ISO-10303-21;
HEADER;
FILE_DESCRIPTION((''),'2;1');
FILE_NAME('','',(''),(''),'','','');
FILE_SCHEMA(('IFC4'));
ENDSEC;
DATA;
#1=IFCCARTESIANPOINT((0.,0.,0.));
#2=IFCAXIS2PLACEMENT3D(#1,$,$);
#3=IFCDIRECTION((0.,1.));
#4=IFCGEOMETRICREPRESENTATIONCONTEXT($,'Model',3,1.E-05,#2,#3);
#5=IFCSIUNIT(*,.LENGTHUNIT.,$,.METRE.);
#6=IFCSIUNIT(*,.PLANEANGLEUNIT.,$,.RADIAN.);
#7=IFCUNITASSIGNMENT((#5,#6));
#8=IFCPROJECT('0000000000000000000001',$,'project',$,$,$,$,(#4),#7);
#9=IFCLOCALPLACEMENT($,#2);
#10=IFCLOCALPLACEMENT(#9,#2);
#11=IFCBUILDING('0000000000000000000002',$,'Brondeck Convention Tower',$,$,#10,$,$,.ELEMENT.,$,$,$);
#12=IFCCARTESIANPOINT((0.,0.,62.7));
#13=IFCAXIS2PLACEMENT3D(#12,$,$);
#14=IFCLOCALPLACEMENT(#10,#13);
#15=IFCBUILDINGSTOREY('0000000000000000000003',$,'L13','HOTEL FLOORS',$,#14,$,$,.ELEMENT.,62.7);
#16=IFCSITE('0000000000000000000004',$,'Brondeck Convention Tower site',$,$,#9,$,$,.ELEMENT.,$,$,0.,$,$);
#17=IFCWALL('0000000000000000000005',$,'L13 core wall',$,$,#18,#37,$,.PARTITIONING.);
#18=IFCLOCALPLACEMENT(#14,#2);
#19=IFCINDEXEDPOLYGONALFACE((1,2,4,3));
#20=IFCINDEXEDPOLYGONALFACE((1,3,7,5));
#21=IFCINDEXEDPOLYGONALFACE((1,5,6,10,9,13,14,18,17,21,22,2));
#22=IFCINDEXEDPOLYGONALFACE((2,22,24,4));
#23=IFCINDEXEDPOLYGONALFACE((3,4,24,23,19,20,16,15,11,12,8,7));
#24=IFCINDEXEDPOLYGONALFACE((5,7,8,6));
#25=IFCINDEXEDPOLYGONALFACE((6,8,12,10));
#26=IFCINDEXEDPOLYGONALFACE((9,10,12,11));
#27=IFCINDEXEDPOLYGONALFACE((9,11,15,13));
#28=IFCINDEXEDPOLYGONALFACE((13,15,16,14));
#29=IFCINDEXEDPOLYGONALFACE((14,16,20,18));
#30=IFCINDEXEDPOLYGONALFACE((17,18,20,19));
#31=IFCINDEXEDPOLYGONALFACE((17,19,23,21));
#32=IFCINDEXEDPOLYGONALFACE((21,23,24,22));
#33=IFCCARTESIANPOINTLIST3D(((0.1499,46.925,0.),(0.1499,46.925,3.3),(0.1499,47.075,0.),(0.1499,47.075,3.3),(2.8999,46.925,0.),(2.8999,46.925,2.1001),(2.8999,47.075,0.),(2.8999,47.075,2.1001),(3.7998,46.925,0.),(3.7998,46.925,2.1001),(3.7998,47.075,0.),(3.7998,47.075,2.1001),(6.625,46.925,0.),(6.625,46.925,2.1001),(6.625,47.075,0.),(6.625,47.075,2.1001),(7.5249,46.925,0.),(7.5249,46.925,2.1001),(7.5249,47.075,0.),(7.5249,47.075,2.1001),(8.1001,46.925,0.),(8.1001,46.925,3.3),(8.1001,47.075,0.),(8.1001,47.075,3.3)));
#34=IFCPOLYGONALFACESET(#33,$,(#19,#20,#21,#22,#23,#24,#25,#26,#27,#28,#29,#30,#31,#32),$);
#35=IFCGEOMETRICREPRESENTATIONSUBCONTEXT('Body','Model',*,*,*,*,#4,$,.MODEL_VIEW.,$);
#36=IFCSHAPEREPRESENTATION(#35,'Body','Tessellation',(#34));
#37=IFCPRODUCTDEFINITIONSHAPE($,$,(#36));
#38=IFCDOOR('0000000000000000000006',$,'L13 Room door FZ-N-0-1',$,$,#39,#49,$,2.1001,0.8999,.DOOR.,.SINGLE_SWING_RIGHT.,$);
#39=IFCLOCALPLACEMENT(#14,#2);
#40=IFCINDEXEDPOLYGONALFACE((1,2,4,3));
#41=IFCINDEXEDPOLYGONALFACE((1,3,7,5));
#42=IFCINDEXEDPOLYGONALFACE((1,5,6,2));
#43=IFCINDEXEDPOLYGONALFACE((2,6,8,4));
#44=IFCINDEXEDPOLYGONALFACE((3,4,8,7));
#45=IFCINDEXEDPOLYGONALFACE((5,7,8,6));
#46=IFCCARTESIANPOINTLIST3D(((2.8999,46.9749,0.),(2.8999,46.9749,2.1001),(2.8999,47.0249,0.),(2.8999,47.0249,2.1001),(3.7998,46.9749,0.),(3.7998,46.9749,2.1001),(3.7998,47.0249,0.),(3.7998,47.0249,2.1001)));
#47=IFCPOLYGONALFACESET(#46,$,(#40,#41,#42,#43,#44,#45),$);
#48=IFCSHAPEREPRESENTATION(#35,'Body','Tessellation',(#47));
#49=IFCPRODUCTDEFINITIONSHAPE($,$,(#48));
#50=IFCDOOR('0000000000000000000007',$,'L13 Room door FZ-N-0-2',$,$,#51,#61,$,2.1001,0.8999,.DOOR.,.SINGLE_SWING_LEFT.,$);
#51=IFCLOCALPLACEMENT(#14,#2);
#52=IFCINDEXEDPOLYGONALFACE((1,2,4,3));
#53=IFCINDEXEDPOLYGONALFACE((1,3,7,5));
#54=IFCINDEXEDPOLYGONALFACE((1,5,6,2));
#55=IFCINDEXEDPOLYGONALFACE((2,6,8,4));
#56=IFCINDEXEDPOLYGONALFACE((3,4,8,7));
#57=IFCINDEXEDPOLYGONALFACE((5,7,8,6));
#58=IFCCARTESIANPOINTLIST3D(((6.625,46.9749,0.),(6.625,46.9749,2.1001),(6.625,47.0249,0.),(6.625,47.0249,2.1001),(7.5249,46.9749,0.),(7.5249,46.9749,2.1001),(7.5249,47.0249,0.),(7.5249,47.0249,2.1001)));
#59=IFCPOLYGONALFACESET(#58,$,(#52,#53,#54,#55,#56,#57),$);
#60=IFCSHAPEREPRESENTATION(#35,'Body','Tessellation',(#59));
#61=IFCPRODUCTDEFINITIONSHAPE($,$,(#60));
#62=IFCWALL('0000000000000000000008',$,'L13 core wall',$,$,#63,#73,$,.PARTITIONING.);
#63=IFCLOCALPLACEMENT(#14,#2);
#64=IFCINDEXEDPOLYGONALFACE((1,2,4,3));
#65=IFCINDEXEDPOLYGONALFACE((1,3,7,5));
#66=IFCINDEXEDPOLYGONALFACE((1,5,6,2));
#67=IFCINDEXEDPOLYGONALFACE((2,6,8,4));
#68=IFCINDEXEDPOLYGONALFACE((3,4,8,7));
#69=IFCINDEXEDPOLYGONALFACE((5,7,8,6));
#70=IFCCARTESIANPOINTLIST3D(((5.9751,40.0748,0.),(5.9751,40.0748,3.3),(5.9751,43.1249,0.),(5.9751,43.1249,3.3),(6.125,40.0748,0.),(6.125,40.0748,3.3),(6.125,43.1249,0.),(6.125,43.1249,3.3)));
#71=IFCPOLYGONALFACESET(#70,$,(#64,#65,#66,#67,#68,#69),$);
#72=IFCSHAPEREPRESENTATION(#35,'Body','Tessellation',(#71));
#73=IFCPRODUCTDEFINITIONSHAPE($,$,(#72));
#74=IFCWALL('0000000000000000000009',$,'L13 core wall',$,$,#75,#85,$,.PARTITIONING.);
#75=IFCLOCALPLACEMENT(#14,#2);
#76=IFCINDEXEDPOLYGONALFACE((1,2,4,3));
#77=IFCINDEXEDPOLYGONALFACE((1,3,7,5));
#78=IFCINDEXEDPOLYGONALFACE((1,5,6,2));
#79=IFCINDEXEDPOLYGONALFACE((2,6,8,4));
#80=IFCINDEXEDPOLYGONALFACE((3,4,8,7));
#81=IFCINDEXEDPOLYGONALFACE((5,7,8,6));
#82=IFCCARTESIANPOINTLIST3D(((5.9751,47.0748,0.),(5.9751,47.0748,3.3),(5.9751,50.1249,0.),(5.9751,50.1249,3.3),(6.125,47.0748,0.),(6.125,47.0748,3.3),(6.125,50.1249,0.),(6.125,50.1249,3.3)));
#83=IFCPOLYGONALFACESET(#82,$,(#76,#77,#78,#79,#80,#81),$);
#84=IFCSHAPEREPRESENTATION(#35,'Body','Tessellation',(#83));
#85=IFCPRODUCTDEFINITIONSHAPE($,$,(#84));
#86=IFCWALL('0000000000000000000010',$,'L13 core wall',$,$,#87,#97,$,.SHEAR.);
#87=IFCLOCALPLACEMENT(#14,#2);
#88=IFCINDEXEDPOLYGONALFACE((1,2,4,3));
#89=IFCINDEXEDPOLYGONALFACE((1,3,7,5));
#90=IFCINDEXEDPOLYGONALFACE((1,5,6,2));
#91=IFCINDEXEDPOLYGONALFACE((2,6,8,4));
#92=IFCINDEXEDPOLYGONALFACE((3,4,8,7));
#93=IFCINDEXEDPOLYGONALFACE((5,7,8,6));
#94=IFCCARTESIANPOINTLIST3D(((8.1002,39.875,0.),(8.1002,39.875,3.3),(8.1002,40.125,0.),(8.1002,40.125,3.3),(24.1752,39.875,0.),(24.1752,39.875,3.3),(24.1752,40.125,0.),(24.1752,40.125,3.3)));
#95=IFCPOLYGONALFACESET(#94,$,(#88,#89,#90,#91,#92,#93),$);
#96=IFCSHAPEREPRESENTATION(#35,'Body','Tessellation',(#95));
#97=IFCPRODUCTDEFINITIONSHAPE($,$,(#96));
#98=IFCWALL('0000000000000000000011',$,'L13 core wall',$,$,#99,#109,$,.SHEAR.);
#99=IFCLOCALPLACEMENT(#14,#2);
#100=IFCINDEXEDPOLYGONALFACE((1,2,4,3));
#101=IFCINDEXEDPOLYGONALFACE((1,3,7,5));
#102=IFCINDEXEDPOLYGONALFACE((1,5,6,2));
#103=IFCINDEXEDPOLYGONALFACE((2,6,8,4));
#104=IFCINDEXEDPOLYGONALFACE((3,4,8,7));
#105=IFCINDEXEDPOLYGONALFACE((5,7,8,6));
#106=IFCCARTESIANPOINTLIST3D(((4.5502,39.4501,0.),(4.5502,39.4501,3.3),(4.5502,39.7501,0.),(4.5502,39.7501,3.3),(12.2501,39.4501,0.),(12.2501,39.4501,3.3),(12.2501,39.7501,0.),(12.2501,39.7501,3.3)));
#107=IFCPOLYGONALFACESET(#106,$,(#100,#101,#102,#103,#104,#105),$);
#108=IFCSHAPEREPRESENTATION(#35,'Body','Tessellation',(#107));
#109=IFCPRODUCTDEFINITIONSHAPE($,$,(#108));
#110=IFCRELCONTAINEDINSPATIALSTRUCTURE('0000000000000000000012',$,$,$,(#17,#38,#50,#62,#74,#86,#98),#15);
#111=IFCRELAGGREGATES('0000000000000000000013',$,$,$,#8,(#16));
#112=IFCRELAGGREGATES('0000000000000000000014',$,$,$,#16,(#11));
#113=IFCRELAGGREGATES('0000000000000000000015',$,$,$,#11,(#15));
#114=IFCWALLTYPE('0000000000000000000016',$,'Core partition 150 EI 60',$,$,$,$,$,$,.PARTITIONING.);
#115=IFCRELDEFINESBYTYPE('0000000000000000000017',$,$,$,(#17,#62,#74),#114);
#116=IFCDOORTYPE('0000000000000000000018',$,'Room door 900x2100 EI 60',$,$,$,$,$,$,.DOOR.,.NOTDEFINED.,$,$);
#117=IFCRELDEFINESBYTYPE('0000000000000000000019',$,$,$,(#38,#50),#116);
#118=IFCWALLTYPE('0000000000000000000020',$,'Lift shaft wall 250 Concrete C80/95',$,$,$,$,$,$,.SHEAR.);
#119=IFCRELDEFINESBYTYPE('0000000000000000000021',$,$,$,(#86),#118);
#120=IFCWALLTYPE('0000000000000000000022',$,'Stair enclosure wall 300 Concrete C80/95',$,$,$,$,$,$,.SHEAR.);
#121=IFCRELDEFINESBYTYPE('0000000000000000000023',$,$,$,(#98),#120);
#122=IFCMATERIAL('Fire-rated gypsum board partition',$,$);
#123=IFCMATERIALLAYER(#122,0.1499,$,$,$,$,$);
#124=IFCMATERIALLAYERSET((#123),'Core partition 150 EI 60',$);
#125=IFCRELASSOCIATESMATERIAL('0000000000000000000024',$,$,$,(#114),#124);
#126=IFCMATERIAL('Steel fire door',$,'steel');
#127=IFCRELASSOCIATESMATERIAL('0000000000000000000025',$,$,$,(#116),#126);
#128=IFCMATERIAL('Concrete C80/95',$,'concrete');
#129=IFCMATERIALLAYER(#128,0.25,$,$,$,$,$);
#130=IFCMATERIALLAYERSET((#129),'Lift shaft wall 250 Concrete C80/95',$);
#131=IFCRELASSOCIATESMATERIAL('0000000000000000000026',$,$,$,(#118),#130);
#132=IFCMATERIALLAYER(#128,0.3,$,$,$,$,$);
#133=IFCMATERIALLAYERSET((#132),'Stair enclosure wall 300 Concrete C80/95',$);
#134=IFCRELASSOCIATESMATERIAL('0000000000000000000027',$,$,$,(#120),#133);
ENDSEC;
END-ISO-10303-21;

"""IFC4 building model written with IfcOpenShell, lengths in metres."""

from ifc_helpers import new_model, si_unit, direction, frame, frame_2d, origin, place, context, subcontext, project, spatial, rectangle, extrude, material, layer, layer_set, type_object, element, fill, save


model = new_model("IFC4")

# Units and contexts
model_context = context("Model", 3, precision=1e-05, world=origin(), true_north=direction((0.0, 1.0)))
body_context = subcontext(model_context, "Body", "Model", "MODEL_VIEW")
ifc_project = project(units=[si_unit("LENGTHUNIT", "METRE"), si_unit("PLANEANGLEUNIT", "RADIAN")], contexts=[model_context])

# Site, building, storey
site_placement = place(None, origin())
site = spatial("IfcSite", under=ifc_project, at=site_placement, Name="Brondeck Convention Tower site", CompositionType="ELEMENT", RefElevation=0.0)
building_placement = place(site_placement, origin())
building = spatial("IfcBuilding", under=site, at=building_placement, Name="Brondeck Convention Tower", CompositionType="ELEMENT")
storey_placement = place(building_placement, frame((0.0, 0.0, 62.7)))
storey = spatial("IfcBuildingStorey", under=building, at=storey_placement, Name="L13", Description="HOTEL FLOORS", CompositionType="ELEMENT", Elevation=62.7)

# Shared definitions
ifc_material_1 = material(Name="Concrete C80/95", Category="concrete")

# Shared definitions
ifc_material_2 = material(Name="Fire-rated gypsum board partition")
ifc_layer_1 = layer(ifc_material_2, 0.1499)
ifc_layer_set_1 = layer_set([ifc_layer_1], Name="Core partition 150 EI 60")
wall_type_1 = type_object("IfcWallType", Name="Core partition 150 EI 60", PredefinedType="PARTITIONING", material=ifc_layer_set_1)

# Wall, openings, doors
ifc_material_3 = material(Name="Steel fire door", Category="steel")
door_type = type_object("IfcDoorType", Name="Room door 900x2100 EI 60", OperationType="NOTDEFINED", PredefinedType="DOOR", material=ifc_material_3)
wall_1_placement = place(storey_placement, frame((0.1499, 47.0, 0.0), z_axis=(0.0, 0.0, 1.0), x_axis=(1.0, 0.0, 0.0)))
wall_1 = element("IfcWall", 1, at=wall_1_placement, inside=storey, type_object=wall_type_1, Name="L13 core wall", PredefinedType="PARTITIONING", context=body_context, shape_type="SweptSolid", body=[
    extrude(rectangle(XDim=7.9502, YDim=0.1499, at=frame_2d((3.9751, 0.0))), origin(), (0.0, 0.0, 1.0), 3.3),
])
opening_1_placement = place(wall_1_placement, frame((2.75, 0.0, 0.0)))
opening_1 = element("IfcOpeningElement", 2, at=opening_1_placement, cuts=wall_1, PredefinedType="OPENING", context=body_context, shape_type="SweptSolid", body=[
    extrude(rectangle(XDim=0.8999, YDim=2.1001, at=frame_2d((0.45, 1.05))), frame((0.0, 0.085, 0.0), z_axis=(0.0, -1.0, 0.0), x_axis=(1.0, 0.0, 0.0)), (0.0, 0.0, 1.0), 0.1699),
])
opening_2_placement = place(wall_1_placement, frame((6.4751, 0.0, 0.0)))
opening_2 = element("IfcOpeningElement", 3, at=opening_2_placement, cuts=wall_1, PredefinedType="OPENING", context=body_context, shape_type="SweptSolid", body=[
    extrude(rectangle(XDim=0.8999, YDim=2.1001, at=frame_2d((0.45, 1.05))), frame((0.0, 0.085, 0.0), z_axis=(0.0, -1.0, 0.0), x_axis=(1.0, 0.0, 0.0)), (0.0, 0.0, 1.0), 0.1699),
])
door_1_placement = place(opening_1_placement, origin())
door_1 = element("IfcDoor", 4, at=door_1_placement, inside=storey, type_object=door_type, Name="L13 Room door FZ-N-0-1", OperationType="SINGLE_SWING_RIGHT", OverallHeight=2.1001, OverallWidth=0.8999, PredefinedType="DOOR", context=body_context, shape_type="SweptSolid", body=[
    extrude(rectangle(XDim=0.8999, YDim=2.1001, at=frame_2d((0.45, 1.05))), frame((0.0, 0.0249, 0.0), z_axis=(0.0, -1.0, 0.0), x_axis=(1.0, 0.0, 0.0)), (0.0, 0.0, 1.0), 0.05),
])
fill(opening_1, door_1)
door_2_placement = place(opening_2_placement, origin())
door_2 = element("IfcDoor", 5, at=door_2_placement, inside=storey, type_object=door_type, Name="L13 Room door FZ-N-0-2", OperationType="SINGLE_SWING_LEFT", OverallHeight=2.1001, OverallWidth=0.8999, PredefinedType="DOOR", context=body_context, shape_type="SweptSolid", body=[
    extrude(rectangle(XDim=0.8999, YDim=2.1001, at=frame_2d((0.45, 1.05))), frame((0.0, 0.0249, 0.0), z_axis=(0.0, -1.0, 0.0), x_axis=(1.0, 0.0, 0.0)), (0.0, 0.0, 1.0), 0.05),
])
fill(opening_2, door_2)

# Walls
for number, where, z_axis, x_axis, name in (
    (6, (6.05, 40.075, 0.0), (0.0, 0.0, 1.0), (0.0, 1.0, 0.0), "L13 core wall"),
    (7, (6.05, 47.075, 0.0), (0.0, 0.0, 1.0), (0.0, 1.0, 0.0), "L13 core wall"),
):
    element("IfcWall", number, at=place(storey_placement, frame(where, z_axis=z_axis, x_axis=x_axis)), inside=storey, type_object=wall_type_1, Name=name, PredefinedType="PARTITIONING", context=body_context, shape_type="SweptSolid", body=[
        extrude(rectangle(XDim=3.05, YDim=0.1499, at=frame_2d((1.5249, 0.0))), origin(), (0.0, 0.0, 1.0), 3.3),
    ])
ifc_layer_2 = layer(ifc_material_1, 0.25)
ifc_layer_set_2 = layer_set([ifc_layer_2], Name="Lift shaft wall 250 Concrete C80/95")
wall_type_2 = type_object("IfcWallType", Name="Lift shaft wall 250 Concrete C80/95", PredefinedType="SHEAR", material=ifc_layer_set_2)
wall_2_placement = place(storey_placement, frame((8.1001, 40.0, 0.0), z_axis=(0.0, 0.0, 1.0), x_axis=(1.0, 0.0, 0.0)))
element("IfcWall", 8, at=wall_2_placement, inside=storey, type_object=wall_type_2, Name="L13 core wall", PredefinedType="SHEAR", context=body_context, shape_type="SweptSolid", body=[
    extrude(rectangle(XDim=16.075, YDim=0.25, at=frame_2d((8.0376, 0.0))), origin(), (0.0, 0.0, 1.0), 3.3),
])
ifc_layer_3 = layer(ifc_material_1, 0.3)
ifc_layer_set_3 = layer_set([ifc_layer_3], Name="Stair enclosure wall 300 Concrete C80/95")
wall_type_3 = type_object("IfcWallType", Name="Stair enclosure wall 300 Concrete C80/95", PredefinedType="SHEAR", material=ifc_layer_set_3)
wall_3_placement = place(storey_placement, frame((4.55, 39.6001, 0.0), z_axis=(0.0, 0.0, 1.0), x_axis=(1.0, 0.0, 0.0)))
element("IfcWall", 9, at=wall_3_placement, inside=storey, type_object=wall_type_3, Name="L13 core wall", PredefinedType="SHEAR", context=body_context, shape_type="SweptSolid", body=[
    extrude(rectangle(XDim=7.7, YDim=0.3, at=frame_2d((3.8501, 0.0))), origin(), (0.0, 0.0, 1.0), 3.3),
])

save(model, "model.ifc")
